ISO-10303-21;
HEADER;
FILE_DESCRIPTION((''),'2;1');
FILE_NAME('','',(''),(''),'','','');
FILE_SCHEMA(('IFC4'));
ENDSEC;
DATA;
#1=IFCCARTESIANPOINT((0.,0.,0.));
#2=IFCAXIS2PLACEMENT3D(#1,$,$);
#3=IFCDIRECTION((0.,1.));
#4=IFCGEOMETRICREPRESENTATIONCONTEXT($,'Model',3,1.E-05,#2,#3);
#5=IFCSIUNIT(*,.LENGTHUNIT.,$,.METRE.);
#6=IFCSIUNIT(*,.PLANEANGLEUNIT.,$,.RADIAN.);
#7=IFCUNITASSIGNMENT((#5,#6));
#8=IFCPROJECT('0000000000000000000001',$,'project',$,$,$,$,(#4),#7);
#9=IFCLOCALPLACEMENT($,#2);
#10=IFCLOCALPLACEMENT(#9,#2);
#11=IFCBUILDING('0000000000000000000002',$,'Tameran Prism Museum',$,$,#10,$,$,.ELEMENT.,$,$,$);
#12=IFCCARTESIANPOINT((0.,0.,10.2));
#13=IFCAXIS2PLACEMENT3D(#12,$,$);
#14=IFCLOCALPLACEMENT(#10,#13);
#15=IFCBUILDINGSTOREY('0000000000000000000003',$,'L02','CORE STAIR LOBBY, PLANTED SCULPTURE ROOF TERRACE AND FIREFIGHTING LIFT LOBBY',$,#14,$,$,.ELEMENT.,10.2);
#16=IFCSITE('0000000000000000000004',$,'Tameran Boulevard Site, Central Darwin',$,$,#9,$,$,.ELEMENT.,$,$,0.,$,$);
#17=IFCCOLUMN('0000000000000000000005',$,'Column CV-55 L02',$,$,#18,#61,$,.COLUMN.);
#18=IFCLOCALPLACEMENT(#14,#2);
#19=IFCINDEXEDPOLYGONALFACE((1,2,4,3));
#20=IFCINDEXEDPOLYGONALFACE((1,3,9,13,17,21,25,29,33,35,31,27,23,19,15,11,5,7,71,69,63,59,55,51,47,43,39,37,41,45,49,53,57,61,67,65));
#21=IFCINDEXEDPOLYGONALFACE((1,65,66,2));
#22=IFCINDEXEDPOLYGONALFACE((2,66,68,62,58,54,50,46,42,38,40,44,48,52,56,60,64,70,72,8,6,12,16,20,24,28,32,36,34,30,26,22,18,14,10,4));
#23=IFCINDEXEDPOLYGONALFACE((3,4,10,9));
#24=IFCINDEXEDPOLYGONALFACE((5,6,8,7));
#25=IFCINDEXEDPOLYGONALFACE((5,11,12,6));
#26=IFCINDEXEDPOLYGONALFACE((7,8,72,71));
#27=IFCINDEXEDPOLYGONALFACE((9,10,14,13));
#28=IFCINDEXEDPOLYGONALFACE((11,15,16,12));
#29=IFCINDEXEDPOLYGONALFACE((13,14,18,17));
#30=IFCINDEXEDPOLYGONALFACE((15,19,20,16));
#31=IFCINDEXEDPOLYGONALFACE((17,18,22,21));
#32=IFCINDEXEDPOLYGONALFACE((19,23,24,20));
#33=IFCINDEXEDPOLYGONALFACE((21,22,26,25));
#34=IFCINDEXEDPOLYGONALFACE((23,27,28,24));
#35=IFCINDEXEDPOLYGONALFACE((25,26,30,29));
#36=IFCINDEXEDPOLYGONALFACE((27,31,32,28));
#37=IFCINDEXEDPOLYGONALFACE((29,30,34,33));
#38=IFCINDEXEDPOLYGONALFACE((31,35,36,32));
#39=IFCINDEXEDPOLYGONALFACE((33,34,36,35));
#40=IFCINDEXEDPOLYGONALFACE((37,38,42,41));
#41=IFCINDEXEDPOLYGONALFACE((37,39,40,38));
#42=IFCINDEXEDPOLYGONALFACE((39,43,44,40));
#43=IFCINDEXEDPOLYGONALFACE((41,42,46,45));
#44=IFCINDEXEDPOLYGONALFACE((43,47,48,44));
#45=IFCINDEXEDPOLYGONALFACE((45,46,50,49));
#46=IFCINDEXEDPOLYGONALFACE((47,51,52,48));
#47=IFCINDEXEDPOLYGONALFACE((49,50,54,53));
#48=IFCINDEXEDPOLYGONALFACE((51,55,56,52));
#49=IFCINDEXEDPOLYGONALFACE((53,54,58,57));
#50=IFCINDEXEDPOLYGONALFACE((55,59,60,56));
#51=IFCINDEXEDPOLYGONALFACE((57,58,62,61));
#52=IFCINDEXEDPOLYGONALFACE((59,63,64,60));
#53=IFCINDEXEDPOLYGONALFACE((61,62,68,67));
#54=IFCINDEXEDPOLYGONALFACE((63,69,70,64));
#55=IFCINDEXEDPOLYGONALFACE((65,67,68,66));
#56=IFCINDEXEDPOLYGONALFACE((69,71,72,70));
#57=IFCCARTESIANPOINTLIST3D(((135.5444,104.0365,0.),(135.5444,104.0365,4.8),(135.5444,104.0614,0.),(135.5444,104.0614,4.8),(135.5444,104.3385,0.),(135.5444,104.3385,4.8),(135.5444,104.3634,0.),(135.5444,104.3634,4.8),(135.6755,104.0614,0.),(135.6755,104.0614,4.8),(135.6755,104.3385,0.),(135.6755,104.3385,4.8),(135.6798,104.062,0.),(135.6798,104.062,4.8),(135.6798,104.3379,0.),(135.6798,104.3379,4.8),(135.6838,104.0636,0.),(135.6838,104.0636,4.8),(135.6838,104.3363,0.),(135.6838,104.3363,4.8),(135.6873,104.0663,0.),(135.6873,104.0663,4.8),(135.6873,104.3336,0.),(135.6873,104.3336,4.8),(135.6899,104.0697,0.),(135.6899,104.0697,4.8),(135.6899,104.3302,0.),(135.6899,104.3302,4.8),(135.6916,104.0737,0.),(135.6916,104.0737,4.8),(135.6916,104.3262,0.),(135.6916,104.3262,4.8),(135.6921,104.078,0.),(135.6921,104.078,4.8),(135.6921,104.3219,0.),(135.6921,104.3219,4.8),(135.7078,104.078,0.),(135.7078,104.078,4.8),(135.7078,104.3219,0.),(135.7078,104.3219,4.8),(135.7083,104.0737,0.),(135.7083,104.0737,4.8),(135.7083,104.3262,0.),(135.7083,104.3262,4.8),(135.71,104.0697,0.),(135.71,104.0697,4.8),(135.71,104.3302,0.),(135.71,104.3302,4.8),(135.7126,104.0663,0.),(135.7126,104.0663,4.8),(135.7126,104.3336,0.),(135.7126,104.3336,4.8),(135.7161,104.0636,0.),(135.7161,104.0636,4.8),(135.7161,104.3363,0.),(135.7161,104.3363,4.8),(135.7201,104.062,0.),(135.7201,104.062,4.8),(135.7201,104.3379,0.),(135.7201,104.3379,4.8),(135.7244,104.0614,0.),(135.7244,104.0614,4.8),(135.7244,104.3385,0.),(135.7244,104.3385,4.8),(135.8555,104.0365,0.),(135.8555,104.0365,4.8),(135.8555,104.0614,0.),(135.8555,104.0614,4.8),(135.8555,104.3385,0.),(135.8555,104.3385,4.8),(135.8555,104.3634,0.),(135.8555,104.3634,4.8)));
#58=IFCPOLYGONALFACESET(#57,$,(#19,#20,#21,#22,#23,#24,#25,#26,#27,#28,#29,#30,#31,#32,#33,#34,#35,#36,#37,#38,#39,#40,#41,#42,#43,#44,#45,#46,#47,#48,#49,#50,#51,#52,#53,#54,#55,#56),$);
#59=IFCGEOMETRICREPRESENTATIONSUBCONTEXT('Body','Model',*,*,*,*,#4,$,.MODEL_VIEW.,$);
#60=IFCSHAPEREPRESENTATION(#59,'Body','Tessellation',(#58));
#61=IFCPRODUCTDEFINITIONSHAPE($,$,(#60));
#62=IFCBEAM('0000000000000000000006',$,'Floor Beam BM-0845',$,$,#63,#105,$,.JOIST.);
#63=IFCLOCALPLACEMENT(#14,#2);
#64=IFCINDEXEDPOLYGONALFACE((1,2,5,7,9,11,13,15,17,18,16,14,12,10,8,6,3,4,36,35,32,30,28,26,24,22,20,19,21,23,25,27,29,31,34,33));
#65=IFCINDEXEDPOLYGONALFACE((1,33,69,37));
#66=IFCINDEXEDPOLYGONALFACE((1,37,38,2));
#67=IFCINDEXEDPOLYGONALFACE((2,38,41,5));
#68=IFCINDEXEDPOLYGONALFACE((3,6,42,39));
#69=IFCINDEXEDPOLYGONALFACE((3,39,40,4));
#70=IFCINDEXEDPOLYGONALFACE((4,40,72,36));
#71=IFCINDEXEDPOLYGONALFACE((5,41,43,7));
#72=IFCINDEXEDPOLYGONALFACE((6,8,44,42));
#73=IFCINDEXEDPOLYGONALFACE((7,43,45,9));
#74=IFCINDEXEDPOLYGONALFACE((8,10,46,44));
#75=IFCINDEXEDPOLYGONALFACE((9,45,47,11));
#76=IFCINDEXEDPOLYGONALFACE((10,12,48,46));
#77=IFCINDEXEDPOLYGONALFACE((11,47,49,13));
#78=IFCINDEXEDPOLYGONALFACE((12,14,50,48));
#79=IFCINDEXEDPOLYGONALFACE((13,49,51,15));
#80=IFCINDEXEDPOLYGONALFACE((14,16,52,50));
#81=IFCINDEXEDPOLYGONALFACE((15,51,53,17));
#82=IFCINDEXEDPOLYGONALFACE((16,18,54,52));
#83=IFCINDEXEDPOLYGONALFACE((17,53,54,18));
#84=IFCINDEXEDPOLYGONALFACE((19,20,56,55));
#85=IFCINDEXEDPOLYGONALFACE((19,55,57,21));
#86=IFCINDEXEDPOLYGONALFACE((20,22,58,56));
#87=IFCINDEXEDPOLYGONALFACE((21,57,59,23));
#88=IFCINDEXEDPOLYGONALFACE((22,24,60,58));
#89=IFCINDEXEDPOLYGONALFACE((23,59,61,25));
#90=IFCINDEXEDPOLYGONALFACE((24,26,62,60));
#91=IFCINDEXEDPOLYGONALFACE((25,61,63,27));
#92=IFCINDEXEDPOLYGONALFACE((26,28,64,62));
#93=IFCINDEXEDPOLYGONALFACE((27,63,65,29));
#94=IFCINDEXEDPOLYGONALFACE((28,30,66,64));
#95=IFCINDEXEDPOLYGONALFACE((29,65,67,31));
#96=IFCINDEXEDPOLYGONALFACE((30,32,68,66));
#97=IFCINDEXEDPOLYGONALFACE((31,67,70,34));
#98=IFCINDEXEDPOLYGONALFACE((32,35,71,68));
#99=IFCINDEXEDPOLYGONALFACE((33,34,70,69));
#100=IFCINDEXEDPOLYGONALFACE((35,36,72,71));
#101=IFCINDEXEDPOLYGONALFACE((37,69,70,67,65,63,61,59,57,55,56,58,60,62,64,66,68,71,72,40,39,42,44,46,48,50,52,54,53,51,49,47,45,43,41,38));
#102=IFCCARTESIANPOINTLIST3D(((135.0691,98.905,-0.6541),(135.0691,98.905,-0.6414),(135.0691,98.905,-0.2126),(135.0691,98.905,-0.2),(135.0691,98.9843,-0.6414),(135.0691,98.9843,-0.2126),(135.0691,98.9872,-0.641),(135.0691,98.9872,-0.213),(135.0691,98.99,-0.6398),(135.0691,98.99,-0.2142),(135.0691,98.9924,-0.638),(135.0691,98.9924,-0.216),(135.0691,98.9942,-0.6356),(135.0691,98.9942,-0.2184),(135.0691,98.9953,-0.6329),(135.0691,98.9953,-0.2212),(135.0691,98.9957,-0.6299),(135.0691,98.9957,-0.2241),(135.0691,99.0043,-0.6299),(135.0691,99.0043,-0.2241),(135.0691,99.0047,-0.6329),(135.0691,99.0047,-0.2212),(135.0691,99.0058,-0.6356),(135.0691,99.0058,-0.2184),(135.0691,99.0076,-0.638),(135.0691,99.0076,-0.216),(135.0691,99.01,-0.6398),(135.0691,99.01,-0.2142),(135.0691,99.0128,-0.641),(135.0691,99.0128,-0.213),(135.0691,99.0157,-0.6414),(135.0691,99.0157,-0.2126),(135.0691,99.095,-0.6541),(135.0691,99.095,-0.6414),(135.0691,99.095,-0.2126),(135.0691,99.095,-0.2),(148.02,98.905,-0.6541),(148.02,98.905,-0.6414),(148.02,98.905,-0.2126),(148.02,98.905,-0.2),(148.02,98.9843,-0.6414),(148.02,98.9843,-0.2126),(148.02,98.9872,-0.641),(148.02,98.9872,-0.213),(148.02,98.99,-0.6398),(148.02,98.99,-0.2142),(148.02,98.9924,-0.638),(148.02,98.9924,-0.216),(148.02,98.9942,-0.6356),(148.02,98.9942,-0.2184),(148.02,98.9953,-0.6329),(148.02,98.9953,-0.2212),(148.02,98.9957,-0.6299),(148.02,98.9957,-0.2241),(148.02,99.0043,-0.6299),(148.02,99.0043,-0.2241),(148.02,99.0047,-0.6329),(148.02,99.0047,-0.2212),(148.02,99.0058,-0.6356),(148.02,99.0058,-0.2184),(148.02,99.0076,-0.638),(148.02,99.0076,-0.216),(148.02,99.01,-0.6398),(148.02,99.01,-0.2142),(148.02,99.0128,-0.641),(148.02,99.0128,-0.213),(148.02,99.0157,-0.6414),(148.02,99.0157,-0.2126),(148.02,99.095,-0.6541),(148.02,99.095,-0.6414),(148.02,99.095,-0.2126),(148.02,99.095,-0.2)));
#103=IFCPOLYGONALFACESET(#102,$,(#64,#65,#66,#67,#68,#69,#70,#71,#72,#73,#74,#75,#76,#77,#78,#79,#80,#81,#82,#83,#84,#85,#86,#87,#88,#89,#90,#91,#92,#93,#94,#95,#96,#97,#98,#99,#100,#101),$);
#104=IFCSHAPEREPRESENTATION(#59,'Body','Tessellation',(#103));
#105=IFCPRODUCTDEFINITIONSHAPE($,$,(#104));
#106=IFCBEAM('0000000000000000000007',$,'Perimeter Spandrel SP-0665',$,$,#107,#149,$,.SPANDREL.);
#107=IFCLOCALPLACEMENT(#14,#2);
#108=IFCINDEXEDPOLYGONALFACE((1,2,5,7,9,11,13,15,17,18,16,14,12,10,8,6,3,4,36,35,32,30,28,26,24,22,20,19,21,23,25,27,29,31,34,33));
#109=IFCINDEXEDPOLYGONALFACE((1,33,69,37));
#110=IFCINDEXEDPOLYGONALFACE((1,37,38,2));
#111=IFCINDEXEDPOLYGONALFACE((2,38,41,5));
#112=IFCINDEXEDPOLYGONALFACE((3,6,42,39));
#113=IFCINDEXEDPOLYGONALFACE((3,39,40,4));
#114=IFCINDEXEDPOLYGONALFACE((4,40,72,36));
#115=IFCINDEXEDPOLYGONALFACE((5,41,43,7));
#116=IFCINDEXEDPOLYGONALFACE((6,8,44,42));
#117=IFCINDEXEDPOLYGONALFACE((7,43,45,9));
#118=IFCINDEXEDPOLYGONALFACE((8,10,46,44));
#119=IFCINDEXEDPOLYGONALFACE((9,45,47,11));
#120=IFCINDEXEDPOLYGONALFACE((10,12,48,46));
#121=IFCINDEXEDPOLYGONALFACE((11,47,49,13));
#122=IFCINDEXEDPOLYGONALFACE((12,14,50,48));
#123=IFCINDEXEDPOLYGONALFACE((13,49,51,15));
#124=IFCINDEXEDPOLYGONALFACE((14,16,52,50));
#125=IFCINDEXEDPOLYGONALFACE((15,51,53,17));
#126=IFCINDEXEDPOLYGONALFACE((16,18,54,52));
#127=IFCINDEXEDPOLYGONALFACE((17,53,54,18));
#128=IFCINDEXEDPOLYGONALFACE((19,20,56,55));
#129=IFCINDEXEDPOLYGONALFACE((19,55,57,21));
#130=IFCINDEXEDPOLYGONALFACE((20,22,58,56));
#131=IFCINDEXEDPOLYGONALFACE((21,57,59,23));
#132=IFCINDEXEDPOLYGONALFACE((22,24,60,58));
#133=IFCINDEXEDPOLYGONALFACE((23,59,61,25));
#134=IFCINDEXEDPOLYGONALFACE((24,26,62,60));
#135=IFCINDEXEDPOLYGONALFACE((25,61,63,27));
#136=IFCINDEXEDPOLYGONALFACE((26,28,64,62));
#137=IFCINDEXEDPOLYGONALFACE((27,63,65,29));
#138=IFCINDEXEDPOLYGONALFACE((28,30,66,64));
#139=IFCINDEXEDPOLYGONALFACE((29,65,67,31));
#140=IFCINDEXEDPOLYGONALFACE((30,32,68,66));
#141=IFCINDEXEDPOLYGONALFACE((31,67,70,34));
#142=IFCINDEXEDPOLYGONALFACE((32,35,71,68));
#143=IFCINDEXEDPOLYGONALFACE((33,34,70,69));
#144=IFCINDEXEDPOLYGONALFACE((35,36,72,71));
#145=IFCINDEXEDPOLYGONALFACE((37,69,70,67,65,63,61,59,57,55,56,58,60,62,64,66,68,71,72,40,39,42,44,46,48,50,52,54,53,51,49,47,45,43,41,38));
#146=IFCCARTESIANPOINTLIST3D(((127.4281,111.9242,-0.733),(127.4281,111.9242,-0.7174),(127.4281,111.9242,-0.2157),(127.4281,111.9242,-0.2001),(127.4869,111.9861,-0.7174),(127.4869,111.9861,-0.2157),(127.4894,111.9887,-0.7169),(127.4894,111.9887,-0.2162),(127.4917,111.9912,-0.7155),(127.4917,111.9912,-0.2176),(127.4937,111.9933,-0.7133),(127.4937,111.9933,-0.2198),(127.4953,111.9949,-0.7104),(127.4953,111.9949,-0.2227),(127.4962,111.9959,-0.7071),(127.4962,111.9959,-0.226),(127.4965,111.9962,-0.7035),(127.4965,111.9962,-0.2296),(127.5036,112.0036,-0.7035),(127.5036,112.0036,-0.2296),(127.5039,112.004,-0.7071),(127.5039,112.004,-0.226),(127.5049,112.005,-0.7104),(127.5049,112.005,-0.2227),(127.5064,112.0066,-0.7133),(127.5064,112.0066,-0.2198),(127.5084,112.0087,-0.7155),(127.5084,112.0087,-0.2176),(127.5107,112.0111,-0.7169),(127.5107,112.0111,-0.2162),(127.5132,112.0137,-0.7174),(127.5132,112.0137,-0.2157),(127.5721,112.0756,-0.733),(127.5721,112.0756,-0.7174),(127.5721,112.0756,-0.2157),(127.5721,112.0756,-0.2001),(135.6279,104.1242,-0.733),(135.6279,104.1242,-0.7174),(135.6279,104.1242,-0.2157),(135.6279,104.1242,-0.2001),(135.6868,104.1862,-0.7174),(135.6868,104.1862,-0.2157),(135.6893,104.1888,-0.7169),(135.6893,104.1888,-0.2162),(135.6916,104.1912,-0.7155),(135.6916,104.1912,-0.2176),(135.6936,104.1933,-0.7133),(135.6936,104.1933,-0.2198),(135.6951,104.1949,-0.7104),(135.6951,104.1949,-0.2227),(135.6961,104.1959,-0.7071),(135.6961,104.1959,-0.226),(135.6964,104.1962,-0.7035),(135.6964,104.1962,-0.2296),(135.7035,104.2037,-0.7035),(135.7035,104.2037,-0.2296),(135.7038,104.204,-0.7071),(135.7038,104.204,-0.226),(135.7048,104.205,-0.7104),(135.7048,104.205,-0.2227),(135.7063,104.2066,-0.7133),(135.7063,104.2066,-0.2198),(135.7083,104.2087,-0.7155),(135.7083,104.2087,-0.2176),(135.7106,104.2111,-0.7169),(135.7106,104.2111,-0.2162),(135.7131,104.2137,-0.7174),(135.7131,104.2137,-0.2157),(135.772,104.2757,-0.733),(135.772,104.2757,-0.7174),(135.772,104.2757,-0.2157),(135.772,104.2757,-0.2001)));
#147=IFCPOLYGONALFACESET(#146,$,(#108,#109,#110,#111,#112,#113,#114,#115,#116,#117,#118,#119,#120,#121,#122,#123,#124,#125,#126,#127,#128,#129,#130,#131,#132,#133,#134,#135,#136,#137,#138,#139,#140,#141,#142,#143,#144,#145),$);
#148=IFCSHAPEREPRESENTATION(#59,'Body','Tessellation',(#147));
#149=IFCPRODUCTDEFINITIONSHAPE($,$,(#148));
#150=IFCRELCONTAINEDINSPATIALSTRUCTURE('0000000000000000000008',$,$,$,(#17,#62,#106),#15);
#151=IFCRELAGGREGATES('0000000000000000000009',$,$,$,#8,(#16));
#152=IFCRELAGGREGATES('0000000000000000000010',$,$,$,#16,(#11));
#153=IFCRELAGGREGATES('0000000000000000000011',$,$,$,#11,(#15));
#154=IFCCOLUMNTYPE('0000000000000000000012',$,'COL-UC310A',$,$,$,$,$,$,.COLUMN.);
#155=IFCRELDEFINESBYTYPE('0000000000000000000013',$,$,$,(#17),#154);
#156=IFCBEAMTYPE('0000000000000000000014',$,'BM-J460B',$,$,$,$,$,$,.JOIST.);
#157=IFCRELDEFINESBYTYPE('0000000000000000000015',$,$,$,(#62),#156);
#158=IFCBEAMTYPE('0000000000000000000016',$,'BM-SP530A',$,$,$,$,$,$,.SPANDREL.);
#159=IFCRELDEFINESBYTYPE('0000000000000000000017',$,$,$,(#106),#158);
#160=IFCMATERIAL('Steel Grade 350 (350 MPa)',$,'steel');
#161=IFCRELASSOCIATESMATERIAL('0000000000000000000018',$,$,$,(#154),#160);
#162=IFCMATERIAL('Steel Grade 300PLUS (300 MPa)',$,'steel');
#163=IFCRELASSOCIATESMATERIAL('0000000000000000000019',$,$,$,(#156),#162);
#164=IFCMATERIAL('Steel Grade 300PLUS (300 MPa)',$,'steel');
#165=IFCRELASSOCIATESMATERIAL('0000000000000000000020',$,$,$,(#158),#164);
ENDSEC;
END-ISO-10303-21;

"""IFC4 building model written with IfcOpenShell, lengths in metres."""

from ifc_helpers import new_model, si_unit, direction, frame, origin, origin_2d, place, context, subcontext, project, spatial, i_section, extrude, material, material_profile, profile_set, type_object, element, save


model = new_model("IFC4")

# Units and contexts
model_context = context("Model", 3, precision=1e-05, world=origin(), true_north=direction((0.0, 1.0)))
body_context = subcontext(model_context, "Body", "Model", "MODEL_VIEW")
ifc_project = project(units=[si_unit("LENGTHUNIT", "METRE"), si_unit("PLANEANGLEUNIT", "RADIAN")], contexts=[model_context])

# Site, building, storey
site_placement = place(None, origin())
site = spatial("IfcSite", under=ifc_project, at=site_placement, Name="Tameran Boulevard Site, Central Darwin", CompositionType="ELEMENT", RefElevation=0.0)
building_placement = place(site_placement, origin())
building = spatial("IfcBuilding", under=site, at=building_placement, Name="Tameran Prism Museum", CompositionType="ELEMENT")
storey_placement = place(building_placement, frame((0.0, 0.0, 10.2)))
storey = spatial("IfcBuildingStorey", under=building, at=storey_placement, Name="L02", Description="CORE STAIR LOBBY, PLANTED SCULPTURE ROOF TERRACE AND FIREFIGHTING LIFT LOBBY", CompositionType="ELEMENT", Elevation=10.2)

# Column
ifc_material_1 = material(Name="Steel Grade 350 (350 MPa)", Category="steel")
ifc_material_profile_1 = material_profile(ifc_material_1, i_section(OverallWidth=0.311, OverallDepth=0.3269, WebThickness=0.0156, FlangeThickness=0.0249, FilletRadius=0.0166, at=origin_2d()))
ifc_profile_set_1 = profile_set([ifc_material_profile_1])
column_type = type_object("IfcColumnType", Name="COL-UC310A", PredefinedType="COLUMN", material=ifc_profile_set_1)
column_placement = place(storey_placement, frame((135.7, 104.2, 0.0), z_axis=(0.0, 0.0, 1.0), x_axis=(1.0, 0.0, 0.0)))
element("IfcColumn", 1, at=column_placement, inside=storey, type_object=column_type, Name="Column CV-55 L02", PredefinedType="COLUMN", context=body_context, shape_type="SweptSolid", body=[
    extrude(i_section(OverallWidth=0.311, OverallDepth=0.3269, WebThickness=0.0156, FlangeThickness=0.0249, FilletRadius=0.0166, at=origin_2d()), origin(), (0.0, 0.0, 1.0), 4.8),
])

# Beams
ifc_material_2 = material(Name="Steel Grade 300PLUS (300 MPa)", Category="steel")
ifc_material_profile_2 = material_profile(ifc_material_2, i_section(OverallWidth=0.1899, OverallDepth=0.4541, WebThickness=0.0085, FlangeThickness=0.0127, FilletRadius=0.0115, at=origin_2d()))
ifc_profile_set_2 = profile_set([ifc_material_profile_2])
beam_type_1 = type_object("IfcBeamType", Name="BM-J460B", PredefinedType="JOIST", material=ifc_profile_set_2)
beam_1_placement = place(storey_placement, frame((135.0691, 99.0, -0.427), z_axis=(1.0, 0.0, 0.0), x_axis=(0.0, 1.0, 0.0)))
element("IfcBeam", 2, at=beam_1_placement, inside=storey, type_object=beam_type_1, Name="Floor Beam BM-0845", PredefinedType="JOIST", context=body_context, shape_type="SweptSolid", body=[
    extrude(i_section(OverallWidth=0.1899, OverallDepth=0.4541, WebThickness=0.0085, FlangeThickness=0.0127, FilletRadius=0.0115, at=origin_2d()), origin(), (0.0, 0.0, 1.0), 12.9509),
])
ifc_material_3 = material(Name="Steel Grade 300PLUS (300 MPa)", Category="steel")
ifc_material_profile_3 = material_profile(ifc_material_3, i_section(OverallWidth=0.209, OverallDepth=0.533, WebThickness=0.0103, FlangeThickness=0.0156, FilletRadius=0.0139, at=origin_2d()))
ifc_profile_set_3 = profile_set([ifc_material_profile_3])
beam_type_2 = type_object("IfcBeamType", Name="BM-SP530A", PredefinedType="SPANDREL", material=ifc_profile_set_3)
beam_2_placement = place(storey_placement, frame((135.7, 104.2, -0.4666), z_axis=(-0.724554, 0.689218, 0.0), x_axis=(-0.689218, -0.724554, 0.0)))
element("IfcBeam", 3, at=beam_2_placement, inside=storey, type_object=beam_type_2, Name="Perimeter Spandrel SP-0665", PredefinedType="SPANDREL", context=body_context, shape_type="SweptSolid", body=[
    extrude(i_section(OverallWidth=0.209, OverallDepth=0.533, WebThickness=0.0103, FlangeThickness=0.0156, FilletRadius=0.0139, at=origin_2d()), origin(), (0.0, 0.0, 1.0), 11.3171),
])

save(model, "model.ifc")
